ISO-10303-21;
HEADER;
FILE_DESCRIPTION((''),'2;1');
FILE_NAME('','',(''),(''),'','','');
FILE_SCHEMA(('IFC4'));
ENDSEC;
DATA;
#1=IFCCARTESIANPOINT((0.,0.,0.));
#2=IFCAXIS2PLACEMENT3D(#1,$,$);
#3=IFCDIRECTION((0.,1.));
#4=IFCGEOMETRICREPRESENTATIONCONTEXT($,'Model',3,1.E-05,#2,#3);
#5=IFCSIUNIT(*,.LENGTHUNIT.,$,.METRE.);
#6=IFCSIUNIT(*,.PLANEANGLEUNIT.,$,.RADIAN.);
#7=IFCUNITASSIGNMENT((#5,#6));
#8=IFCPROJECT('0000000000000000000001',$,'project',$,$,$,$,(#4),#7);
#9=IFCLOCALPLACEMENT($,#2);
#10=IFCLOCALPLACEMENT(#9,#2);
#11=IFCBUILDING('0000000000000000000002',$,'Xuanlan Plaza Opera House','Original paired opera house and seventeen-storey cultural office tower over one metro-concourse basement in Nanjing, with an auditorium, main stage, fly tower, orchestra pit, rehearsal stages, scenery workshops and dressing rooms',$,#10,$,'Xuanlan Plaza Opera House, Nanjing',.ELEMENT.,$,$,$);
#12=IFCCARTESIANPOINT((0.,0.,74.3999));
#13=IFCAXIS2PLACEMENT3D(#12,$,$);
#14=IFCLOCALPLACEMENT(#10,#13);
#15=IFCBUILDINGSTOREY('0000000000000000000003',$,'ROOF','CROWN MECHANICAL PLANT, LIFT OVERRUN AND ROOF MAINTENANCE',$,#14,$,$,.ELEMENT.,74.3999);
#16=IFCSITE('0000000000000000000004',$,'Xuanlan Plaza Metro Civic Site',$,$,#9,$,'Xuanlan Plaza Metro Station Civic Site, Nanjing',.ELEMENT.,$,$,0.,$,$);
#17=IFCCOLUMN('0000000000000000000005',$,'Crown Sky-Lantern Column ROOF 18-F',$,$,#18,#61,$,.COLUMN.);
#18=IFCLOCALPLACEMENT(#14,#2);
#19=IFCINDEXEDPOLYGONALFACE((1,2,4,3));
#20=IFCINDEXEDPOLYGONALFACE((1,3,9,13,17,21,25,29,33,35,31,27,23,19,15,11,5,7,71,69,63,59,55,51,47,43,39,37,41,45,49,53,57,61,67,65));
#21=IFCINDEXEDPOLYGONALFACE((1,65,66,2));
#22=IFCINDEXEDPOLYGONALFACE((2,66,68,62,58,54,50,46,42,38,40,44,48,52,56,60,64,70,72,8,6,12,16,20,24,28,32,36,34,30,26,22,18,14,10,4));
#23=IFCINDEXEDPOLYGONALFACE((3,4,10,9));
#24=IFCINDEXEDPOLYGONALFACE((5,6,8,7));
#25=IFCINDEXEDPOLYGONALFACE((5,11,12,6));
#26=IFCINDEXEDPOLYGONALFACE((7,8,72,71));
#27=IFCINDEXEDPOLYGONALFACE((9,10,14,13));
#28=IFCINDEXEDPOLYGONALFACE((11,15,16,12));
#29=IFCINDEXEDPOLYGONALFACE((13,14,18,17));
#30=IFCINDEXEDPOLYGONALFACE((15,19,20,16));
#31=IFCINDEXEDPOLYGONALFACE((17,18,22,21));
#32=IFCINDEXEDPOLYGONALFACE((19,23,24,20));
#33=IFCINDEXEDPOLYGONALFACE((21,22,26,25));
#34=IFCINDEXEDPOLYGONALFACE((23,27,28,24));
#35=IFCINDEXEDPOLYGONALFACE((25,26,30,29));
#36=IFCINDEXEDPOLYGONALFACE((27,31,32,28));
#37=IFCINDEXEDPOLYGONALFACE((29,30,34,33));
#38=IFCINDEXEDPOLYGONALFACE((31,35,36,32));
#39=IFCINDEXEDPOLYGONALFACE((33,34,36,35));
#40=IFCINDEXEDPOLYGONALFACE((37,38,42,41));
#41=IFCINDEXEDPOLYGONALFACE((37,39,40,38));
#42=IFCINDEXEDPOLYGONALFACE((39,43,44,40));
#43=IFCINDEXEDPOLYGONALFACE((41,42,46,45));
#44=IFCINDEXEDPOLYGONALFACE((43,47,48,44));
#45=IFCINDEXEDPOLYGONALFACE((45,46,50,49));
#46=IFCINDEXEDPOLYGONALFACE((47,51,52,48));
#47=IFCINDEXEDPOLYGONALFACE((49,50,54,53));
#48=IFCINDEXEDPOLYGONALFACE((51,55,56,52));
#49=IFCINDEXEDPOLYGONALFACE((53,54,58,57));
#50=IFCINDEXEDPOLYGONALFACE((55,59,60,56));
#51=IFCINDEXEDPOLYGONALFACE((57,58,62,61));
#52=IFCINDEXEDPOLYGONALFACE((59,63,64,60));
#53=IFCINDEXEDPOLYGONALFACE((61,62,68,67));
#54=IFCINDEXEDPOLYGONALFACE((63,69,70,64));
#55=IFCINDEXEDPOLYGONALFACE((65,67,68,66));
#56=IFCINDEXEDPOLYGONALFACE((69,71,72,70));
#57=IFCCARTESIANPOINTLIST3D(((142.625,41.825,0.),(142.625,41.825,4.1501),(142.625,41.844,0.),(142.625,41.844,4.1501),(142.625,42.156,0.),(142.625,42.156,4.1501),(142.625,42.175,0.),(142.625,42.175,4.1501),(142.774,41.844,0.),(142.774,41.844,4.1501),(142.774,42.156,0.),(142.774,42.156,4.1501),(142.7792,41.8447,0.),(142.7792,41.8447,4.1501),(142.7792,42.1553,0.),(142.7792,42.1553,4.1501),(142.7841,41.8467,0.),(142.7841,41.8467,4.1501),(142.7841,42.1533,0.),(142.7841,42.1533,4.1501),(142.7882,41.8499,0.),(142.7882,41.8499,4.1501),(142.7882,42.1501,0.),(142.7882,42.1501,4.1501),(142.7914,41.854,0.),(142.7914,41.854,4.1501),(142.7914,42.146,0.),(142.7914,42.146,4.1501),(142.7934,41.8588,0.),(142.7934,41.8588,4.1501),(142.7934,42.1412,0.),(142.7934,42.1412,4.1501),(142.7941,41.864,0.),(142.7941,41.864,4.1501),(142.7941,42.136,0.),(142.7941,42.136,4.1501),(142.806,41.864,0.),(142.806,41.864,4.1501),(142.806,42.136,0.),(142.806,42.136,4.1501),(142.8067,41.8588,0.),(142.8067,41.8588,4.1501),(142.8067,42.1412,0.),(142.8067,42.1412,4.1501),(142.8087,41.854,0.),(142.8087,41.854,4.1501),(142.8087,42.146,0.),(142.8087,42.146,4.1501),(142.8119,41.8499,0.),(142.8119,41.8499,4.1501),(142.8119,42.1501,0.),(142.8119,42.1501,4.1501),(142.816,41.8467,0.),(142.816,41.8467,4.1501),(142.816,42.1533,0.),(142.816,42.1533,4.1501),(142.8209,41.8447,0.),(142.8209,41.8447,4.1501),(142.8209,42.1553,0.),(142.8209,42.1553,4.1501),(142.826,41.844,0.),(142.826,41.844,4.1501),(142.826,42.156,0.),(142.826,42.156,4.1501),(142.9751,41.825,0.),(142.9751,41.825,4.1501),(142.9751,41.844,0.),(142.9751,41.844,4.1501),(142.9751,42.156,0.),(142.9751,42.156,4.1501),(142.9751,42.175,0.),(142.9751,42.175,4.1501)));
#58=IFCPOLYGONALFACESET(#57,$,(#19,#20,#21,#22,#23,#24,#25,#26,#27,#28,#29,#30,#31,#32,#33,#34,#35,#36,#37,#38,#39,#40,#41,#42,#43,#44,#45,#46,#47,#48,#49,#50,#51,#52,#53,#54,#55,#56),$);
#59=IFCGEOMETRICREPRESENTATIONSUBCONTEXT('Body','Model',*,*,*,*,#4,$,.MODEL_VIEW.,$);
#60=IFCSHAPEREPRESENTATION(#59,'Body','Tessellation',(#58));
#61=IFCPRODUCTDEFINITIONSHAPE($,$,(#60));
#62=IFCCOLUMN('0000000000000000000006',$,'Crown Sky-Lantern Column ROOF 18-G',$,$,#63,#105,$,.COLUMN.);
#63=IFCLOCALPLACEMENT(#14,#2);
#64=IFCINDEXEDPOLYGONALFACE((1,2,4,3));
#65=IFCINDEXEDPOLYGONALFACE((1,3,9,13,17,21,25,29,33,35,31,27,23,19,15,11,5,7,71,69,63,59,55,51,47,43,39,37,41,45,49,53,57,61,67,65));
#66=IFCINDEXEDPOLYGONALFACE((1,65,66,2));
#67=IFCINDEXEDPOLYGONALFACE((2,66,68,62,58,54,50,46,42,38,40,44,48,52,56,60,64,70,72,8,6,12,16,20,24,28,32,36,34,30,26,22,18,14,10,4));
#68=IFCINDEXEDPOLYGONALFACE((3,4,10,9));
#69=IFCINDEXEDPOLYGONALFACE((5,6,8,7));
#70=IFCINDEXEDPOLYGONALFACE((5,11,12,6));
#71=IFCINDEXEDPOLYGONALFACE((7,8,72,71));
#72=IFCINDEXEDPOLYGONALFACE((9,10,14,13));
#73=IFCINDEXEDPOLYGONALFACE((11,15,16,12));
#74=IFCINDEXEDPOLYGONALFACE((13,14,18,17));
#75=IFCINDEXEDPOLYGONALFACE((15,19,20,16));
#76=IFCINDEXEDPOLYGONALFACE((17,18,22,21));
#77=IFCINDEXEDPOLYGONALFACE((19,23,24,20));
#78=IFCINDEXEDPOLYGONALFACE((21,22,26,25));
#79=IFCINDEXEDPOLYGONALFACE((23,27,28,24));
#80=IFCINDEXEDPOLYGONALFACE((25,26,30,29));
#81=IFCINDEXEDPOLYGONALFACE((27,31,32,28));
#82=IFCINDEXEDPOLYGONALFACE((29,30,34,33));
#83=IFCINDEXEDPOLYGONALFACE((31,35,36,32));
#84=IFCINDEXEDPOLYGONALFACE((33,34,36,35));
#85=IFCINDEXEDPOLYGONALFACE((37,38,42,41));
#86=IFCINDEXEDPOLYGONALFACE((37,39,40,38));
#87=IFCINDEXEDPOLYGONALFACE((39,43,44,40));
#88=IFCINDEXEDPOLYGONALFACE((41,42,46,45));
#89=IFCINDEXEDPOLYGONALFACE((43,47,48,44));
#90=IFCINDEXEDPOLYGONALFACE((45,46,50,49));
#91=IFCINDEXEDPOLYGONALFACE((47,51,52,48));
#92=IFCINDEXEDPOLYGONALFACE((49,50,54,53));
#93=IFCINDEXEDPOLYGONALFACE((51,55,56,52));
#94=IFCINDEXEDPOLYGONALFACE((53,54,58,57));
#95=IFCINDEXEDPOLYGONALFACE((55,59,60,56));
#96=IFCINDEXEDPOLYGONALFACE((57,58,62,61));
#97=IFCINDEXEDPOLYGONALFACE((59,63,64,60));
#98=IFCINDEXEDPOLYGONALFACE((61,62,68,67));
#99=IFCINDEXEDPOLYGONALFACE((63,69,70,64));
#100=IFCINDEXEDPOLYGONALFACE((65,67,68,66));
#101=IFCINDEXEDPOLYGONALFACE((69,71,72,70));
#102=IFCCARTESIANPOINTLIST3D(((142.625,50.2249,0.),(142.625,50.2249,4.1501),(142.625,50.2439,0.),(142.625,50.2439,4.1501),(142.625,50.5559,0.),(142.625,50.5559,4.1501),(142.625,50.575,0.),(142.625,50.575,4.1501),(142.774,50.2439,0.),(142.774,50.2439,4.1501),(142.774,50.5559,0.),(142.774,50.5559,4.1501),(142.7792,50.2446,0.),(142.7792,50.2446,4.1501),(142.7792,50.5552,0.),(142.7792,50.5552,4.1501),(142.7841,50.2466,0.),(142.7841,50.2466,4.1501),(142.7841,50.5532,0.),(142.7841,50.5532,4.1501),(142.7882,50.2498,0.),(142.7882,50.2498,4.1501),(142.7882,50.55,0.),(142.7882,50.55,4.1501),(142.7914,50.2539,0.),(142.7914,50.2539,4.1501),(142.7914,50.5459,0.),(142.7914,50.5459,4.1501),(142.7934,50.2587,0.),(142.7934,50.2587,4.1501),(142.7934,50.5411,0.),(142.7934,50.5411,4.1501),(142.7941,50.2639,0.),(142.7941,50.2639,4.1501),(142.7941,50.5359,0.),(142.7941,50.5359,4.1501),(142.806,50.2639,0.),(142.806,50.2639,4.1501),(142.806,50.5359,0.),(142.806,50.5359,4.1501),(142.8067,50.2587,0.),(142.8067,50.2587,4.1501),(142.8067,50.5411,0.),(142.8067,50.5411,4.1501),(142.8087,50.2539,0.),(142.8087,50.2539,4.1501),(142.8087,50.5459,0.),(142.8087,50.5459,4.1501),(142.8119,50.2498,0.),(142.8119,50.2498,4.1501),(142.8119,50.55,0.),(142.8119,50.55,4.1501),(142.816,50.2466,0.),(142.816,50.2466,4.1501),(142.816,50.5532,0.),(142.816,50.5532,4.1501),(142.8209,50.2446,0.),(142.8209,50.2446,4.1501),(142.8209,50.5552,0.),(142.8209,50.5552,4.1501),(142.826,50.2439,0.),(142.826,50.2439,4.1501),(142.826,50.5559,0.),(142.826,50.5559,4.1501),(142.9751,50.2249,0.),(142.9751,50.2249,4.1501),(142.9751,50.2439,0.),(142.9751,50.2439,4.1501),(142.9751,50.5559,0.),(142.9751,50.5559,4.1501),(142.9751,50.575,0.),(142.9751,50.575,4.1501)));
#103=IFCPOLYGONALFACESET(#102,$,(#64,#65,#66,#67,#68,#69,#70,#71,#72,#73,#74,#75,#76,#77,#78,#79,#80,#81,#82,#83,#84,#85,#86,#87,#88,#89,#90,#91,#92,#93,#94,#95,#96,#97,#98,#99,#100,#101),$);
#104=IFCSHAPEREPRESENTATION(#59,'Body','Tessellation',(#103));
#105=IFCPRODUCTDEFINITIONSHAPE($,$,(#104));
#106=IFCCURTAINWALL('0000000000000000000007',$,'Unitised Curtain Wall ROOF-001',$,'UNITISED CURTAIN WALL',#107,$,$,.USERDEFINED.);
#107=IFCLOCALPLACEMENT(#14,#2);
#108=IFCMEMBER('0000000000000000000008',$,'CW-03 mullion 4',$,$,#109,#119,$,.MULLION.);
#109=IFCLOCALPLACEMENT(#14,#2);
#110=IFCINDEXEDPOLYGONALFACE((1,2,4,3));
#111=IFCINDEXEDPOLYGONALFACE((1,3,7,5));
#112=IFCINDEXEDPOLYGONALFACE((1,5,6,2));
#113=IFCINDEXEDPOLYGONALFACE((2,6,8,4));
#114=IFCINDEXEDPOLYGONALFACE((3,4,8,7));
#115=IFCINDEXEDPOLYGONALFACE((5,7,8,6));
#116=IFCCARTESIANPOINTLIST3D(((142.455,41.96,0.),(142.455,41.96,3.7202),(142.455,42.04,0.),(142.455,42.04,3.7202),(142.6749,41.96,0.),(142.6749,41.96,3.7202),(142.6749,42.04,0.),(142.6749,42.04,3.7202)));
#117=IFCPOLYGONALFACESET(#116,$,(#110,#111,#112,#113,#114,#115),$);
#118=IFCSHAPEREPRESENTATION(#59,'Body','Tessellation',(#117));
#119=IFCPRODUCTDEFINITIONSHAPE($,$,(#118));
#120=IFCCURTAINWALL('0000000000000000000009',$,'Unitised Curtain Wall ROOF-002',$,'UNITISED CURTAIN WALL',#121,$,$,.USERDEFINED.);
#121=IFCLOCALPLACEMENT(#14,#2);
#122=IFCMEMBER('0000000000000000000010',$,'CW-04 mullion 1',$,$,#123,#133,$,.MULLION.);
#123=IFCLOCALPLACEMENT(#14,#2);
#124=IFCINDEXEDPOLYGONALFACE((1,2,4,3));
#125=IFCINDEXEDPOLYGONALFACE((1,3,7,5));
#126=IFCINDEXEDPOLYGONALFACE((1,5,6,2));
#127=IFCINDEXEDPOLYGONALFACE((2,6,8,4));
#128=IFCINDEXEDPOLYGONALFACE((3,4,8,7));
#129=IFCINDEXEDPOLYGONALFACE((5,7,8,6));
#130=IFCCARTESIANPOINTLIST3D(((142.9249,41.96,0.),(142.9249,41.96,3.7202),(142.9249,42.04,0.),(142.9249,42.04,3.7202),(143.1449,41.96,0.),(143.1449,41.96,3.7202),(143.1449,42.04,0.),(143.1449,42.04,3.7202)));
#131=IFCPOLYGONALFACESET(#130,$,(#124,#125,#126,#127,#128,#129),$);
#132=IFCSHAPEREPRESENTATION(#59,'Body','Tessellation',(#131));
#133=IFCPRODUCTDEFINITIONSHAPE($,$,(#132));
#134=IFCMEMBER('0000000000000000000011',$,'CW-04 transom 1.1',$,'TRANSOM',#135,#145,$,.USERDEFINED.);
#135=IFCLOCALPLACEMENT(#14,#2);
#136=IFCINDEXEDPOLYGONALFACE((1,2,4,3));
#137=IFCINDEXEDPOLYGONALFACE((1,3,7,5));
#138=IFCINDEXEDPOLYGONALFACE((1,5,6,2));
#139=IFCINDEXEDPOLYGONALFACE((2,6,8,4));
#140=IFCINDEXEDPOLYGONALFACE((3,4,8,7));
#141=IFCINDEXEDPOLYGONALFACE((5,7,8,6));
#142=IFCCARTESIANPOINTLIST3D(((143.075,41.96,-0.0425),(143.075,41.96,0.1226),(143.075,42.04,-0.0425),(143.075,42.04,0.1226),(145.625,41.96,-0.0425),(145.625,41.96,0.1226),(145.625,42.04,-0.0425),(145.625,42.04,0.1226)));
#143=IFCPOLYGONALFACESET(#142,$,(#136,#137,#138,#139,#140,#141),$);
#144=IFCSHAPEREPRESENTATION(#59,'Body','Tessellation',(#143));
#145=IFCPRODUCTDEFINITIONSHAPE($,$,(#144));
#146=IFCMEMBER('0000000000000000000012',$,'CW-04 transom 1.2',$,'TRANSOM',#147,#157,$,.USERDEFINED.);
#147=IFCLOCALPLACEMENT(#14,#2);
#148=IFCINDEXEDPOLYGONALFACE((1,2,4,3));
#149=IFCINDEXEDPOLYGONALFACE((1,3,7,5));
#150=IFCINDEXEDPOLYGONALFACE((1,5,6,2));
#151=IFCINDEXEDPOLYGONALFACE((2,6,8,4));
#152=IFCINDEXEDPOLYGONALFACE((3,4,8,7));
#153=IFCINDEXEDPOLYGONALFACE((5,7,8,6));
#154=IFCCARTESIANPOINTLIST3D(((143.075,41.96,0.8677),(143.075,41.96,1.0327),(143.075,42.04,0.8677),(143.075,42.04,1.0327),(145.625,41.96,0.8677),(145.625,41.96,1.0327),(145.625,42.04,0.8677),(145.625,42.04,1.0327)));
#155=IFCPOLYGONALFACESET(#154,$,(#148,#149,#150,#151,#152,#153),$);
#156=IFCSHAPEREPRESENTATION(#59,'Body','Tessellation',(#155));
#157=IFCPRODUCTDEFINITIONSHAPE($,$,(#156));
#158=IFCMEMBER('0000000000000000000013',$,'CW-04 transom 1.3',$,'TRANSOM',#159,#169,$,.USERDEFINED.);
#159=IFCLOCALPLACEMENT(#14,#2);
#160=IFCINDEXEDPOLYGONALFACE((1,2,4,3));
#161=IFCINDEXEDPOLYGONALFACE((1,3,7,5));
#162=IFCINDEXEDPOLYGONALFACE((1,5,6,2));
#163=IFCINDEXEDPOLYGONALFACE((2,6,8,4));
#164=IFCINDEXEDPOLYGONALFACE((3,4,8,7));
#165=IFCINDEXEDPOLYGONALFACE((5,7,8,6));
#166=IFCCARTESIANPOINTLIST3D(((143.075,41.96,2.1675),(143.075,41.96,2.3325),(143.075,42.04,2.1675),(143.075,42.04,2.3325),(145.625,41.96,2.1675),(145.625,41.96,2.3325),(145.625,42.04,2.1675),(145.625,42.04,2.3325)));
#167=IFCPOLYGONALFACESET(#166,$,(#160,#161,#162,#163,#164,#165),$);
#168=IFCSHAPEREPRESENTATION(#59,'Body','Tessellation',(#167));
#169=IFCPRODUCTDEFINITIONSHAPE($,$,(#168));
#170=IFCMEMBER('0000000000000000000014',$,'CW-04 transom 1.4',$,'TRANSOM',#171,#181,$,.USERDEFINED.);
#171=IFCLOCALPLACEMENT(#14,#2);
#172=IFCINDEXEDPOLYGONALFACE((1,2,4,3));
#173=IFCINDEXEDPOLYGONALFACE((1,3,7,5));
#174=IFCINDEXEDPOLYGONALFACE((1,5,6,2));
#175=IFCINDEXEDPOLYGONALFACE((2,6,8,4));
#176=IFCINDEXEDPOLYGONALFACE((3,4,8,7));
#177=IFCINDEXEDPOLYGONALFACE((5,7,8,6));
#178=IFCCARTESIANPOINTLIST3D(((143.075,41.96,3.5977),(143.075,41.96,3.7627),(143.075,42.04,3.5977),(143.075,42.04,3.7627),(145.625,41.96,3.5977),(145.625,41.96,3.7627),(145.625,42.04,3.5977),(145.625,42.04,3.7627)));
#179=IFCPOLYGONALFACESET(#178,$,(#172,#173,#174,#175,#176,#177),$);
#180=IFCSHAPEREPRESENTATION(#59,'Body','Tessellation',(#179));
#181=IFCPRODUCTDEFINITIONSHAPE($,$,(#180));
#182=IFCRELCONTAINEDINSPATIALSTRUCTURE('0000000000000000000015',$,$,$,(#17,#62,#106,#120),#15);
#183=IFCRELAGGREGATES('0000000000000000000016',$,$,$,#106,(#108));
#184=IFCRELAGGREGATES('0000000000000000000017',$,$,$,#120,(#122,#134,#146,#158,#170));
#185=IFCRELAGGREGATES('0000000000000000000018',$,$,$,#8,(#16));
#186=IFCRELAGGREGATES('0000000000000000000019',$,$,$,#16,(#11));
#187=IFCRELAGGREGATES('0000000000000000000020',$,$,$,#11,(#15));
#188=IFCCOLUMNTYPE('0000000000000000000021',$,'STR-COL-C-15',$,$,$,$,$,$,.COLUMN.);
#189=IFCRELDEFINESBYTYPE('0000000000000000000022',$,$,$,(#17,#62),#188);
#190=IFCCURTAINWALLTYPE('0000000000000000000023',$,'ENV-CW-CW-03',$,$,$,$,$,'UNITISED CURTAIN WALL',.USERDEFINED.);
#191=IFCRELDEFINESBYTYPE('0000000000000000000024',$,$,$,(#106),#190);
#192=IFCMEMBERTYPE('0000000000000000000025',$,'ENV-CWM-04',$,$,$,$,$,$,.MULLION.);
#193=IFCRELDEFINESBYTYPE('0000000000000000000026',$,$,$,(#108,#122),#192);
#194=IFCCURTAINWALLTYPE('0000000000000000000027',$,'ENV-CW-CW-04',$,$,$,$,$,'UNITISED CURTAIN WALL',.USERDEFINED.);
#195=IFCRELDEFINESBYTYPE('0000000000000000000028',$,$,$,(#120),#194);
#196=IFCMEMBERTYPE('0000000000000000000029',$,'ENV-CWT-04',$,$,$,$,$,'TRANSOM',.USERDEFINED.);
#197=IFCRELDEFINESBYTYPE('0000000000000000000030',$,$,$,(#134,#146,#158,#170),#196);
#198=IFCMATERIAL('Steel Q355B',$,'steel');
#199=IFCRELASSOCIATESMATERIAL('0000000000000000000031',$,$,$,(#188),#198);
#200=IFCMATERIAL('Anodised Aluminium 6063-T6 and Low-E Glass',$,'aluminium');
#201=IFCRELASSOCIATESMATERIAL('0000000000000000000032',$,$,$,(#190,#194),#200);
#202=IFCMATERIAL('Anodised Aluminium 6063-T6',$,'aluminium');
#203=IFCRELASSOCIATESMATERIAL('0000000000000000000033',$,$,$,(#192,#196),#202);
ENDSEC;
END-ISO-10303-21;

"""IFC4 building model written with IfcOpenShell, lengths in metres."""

from ifc_helpers import new_model, si_unit, direction, frame, origin, origin_2d, place, context, subcontext, project, spatial, rectangle, i_section, extrude, material, material_profile, profile_set, type_object, element, aggregate, save


model = new_model("IFC4")

# Units and contexts
model_context = context("Model", 3, precision=1e-05, world=origin(), true_north=direction((0.0, 1.0)))
body_context = subcontext(model_context, "Body", "Model", "MODEL_VIEW")
ifc_project = project(units=[si_unit("LENGTHUNIT", "METRE"), si_unit("PLANEANGLEUNIT", "RADIAN")], contexts=[model_context])

# Site, building, storey
site_placement = place(None, origin())
site = spatial("IfcSite", under=ifc_project, at=site_placement, Name="Xuanlan Plaza Metro Civic Site", LongName="Xuanlan Plaza Metro Station Civic Site, Nanjing", CompositionType="ELEMENT", RefElevation=0.0)
building_placement = place(site_placement, origin())
building = spatial("IfcBuilding", under=site, at=building_placement, Name="Xuanlan Plaza Opera House", Description="Original paired opera house and seventeen-storey cultural office tower over one metro-concourse basement in Nanjing, with an auditorium, main stage, fly tower, orchestra pit, rehearsal stages, scenery workshops and dressing rooms", LongName="Xuanlan Plaza Opera House, Nanjing", CompositionType="ELEMENT")
storey_placement = place(building_placement, frame((0.0, 0.0, 74.3999)))
storey = spatial("IfcBuildingStorey", under=building, at=storey_placement, Name="ROOF", Description="CROWN MECHANICAL PLANT, LIFT OVERRUN AND ROOF MAINTENANCE", CompositionType="ELEMENT", Elevation=74.3999)

# Columns
ifc_material_1 = material(Name="Steel Q355B", Category="steel")
ifc_material_profile_1 = material_profile(ifc_material_1, i_section(OverallWidth=0.3501, OverallDepth=0.3501, WebThickness=0.012, FlangeThickness=0.019, FilletRadius=0.02, at=origin_2d()), Name="HW 350x350x12x19")
ifc_profile_set_1 = profile_set([ifc_material_profile_1], Name="Steel Q355B")
column_type = type_object("IfcColumnType", Name="STR-COL-C-15", PredefinedType="COLUMN", material=ifc_profile_set_1)
for number, where, z_axis, x_axis, name in (
    (1, (142.8, 42.0, 0.0), (0.0, 0.0, 1.0), (1.0, 0.0, 0.0), "Crown Sky-Lantern Column ROOF 18-F"),
    (2, (142.8, 50.3999, 0.0), (0.0, 0.0, 1.0), (1.0, 0.0, 0.0), "Crown Sky-Lantern Column ROOF 18-G"),
):
    element("IfcColumn", number, at=place(storey_placement, frame(where, z_axis=z_axis, x_axis=x_axis)), inside=storey, type_object=column_type, Name=name, PredefinedType="COLUMN", context=body_context, shape_type="SweptSolid", body=[
        extrude(i_section(OverallWidth=0.3501, OverallDepth=0.3501, WebThickness=0.012, FlangeThickness=0.019, FilletRadius=0.02, at=origin_2d()), origin(), (0.0, 0.0, 1.0), 4.1501),
    ])

# Curtain wall, member
ifc_material_2 = material(Name="Anodised Aluminium 6063-T6 and Low-E Glass", Category="aluminium")
curtain_wall_type_1 = type_object("IfcCurtainWallType", Name="ENV-CW-CW-03", ElementType="UNITISED CURTAIN WALL", PredefinedType="USERDEFINED", material=ifc_material_2)
curtain_wall_1_placement = place(storey_placement, origin())
curtain_wall_1 = element("IfcCurtainWall", 3, at=curtain_wall_1_placement, inside=storey, type_object=curtain_wall_type_1, Name="Unitised Curtain Wall ROOF-001", ObjectType="UNITISED CURTAIN WALL", PredefinedType="USERDEFINED")
ifc_material_3 = material(Name="Anodised Aluminium 6063-T6", Category="aluminium")
ifc_material_profile_2 = material_profile(ifc_material_3, rectangle(XDim=0.0801, YDim=0.22, at=origin_2d()), Name="ALU-M 80x220")
ifc_profile_set_2 = profile_set([ifc_material_profile_2], Name="Anodised Aluminium 6063-T6")
member_type_1 = type_object("IfcMemberType", Name="ENV-CWM-04", PredefinedType="MULLION", material=ifc_profile_set_2)
member_1_placement = place(storey_placement, frame((142.5649, 42.0, 0.0), z_axis=(0.0, 0.0, 1.0), x_axis=(0.0, 1.0, 0.0)))
member_1 = element("IfcMember", 4, at=member_1_placement, type_object=member_type_1, Name="CW-03 mullion 4", PredefinedType="MULLION", context=body_context, shape_type="SweptSolid", body=[
    extrude(rectangle(XDim=0.0801, YDim=0.22, at=origin_2d()), origin(), (0.0, 0.0, 1.0), 3.7202),
])
aggregate(curtain_wall_1, [member_1])

# Curtain wall, members
curtain_wall_type_2 = type_object("IfcCurtainWallType", Name="ENV-CW-CW-04", ElementType="UNITISED CURTAIN WALL", PredefinedType="USERDEFINED", material=ifc_material_2)
curtain_wall_2_placement = place(storey_placement, origin())
curtain_wall_2 = element("IfcCurtainWall", 5, at=curtain_wall_2_placement, inside=storey, type_object=curtain_wall_type_2, Name="Unitised Curtain Wall ROOF-002", ObjectType="UNITISED CURTAIN WALL", PredefinedType="USERDEFINED")
member_2_placement = place(storey_placement, frame((143.0349, 42.0, 0.0), z_axis=(0.0, 0.0, 1.0), x_axis=(0.0, 1.0, 0.0)))
member_2 = element("IfcMember", 6, at=member_2_placement, type_object=member_type_1, Name="CW-04 mullion 1", PredefinedType="MULLION", context=body_context, shape_type="SweptSolid", body=[
    extrude(rectangle(XDim=0.0801, YDim=0.22, at=origin_2d()), origin(), (0.0, 0.0, 1.0), 3.7202),
])
ifc_material_profile_3 = material_profile(ifc_material_3, rectangle(XDim=0.0801, YDim=0.165, at=origin_2d()), Name="ALU-T 80x165")
ifc_profile_set_3 = profile_set([ifc_material_profile_3], Name="Anodised Aluminium 6063-T6")
member_type_2 = type_object("IfcMemberType", Name="ENV-CWT-04", ElementType="TRANSOM", PredefinedType="USERDEFINED", material=ifc_profile_set_3)
member_3_placement = place(storey_placement, frame((143.075, 42.0, 0.04), z_axis=(1.0, 0.0, 0.0), x_axis=(0.0, 1.0, 0.0)))
member_3 = element("IfcMember", 7, at=member_3_placement, type_object=member_type_2, Name="CW-04 transom 1.1", ObjectType="TRANSOM", PredefinedType="USERDEFINED", context=body_context, shape_type="SweptSolid", body=[
    extrude(rectangle(XDim=0.0801, YDim=0.165, at=origin_2d()), origin(), (0.0, 0.0, 1.0), 2.55),
])
member_4_placement = place(storey_placement, frame((143.075, 42.0, 0.9502), z_axis=(1.0, 0.0, 0.0), x_axis=(0.0, 1.0, 0.0)))
member_4 = element("IfcMember", 8, at=member_4_placement, type_object=member_type_2, Name="CW-04 transom 1.2", ObjectType="TRANSOM", PredefinedType="USERDEFINED", context=body_context, shape_type="SweptSolid", body=[
    extrude(rectangle(XDim=0.0801, YDim=0.165, at=origin_2d()), origin(), (0.0, 0.0, 1.0), 2.55),
])
member_5_placement = place(storey_placement, frame((143.075, 42.0, 2.25), z_axis=(1.0, 0.0, 0.0), x_axis=(0.0, 1.0, 0.0)))
member_5 = element("IfcMember", 9, at=member_5_placement, type_object=member_type_2, Name="CW-04 transom 1.3", ObjectType="TRANSOM", PredefinedType="USERDEFINED", context=body_context, shape_type="SweptSolid", body=[
    extrude(rectangle(XDim=0.0801, YDim=0.165, at=origin_2d()), origin(), (0.0, 0.0, 1.0), 2.55),
])
member_6_placement = place(storey_placement, frame((143.075, 42.0, 3.6802), z_axis=(1.0, 0.0, 0.0), x_axis=(0.0, 1.0, 0.0)))
member_6 = element("IfcMember", 10, at=member_6_placement, type_object=member_type_2, Name="CW-04 transom 1.4", ObjectType="TRANSOM", PredefinedType="USERDEFINED", context=body_context, shape_type="SweptSolid", body=[
    extrude(rectangle(XDim=0.0801, YDim=0.165, at=origin_2d()), origin(), (0.0, 0.0, 1.0), 2.55),
])
aggregate(curtain_wall_2, [member_2, member_3, member_4, member_5, member_6])

save(model, "model.ifc")
